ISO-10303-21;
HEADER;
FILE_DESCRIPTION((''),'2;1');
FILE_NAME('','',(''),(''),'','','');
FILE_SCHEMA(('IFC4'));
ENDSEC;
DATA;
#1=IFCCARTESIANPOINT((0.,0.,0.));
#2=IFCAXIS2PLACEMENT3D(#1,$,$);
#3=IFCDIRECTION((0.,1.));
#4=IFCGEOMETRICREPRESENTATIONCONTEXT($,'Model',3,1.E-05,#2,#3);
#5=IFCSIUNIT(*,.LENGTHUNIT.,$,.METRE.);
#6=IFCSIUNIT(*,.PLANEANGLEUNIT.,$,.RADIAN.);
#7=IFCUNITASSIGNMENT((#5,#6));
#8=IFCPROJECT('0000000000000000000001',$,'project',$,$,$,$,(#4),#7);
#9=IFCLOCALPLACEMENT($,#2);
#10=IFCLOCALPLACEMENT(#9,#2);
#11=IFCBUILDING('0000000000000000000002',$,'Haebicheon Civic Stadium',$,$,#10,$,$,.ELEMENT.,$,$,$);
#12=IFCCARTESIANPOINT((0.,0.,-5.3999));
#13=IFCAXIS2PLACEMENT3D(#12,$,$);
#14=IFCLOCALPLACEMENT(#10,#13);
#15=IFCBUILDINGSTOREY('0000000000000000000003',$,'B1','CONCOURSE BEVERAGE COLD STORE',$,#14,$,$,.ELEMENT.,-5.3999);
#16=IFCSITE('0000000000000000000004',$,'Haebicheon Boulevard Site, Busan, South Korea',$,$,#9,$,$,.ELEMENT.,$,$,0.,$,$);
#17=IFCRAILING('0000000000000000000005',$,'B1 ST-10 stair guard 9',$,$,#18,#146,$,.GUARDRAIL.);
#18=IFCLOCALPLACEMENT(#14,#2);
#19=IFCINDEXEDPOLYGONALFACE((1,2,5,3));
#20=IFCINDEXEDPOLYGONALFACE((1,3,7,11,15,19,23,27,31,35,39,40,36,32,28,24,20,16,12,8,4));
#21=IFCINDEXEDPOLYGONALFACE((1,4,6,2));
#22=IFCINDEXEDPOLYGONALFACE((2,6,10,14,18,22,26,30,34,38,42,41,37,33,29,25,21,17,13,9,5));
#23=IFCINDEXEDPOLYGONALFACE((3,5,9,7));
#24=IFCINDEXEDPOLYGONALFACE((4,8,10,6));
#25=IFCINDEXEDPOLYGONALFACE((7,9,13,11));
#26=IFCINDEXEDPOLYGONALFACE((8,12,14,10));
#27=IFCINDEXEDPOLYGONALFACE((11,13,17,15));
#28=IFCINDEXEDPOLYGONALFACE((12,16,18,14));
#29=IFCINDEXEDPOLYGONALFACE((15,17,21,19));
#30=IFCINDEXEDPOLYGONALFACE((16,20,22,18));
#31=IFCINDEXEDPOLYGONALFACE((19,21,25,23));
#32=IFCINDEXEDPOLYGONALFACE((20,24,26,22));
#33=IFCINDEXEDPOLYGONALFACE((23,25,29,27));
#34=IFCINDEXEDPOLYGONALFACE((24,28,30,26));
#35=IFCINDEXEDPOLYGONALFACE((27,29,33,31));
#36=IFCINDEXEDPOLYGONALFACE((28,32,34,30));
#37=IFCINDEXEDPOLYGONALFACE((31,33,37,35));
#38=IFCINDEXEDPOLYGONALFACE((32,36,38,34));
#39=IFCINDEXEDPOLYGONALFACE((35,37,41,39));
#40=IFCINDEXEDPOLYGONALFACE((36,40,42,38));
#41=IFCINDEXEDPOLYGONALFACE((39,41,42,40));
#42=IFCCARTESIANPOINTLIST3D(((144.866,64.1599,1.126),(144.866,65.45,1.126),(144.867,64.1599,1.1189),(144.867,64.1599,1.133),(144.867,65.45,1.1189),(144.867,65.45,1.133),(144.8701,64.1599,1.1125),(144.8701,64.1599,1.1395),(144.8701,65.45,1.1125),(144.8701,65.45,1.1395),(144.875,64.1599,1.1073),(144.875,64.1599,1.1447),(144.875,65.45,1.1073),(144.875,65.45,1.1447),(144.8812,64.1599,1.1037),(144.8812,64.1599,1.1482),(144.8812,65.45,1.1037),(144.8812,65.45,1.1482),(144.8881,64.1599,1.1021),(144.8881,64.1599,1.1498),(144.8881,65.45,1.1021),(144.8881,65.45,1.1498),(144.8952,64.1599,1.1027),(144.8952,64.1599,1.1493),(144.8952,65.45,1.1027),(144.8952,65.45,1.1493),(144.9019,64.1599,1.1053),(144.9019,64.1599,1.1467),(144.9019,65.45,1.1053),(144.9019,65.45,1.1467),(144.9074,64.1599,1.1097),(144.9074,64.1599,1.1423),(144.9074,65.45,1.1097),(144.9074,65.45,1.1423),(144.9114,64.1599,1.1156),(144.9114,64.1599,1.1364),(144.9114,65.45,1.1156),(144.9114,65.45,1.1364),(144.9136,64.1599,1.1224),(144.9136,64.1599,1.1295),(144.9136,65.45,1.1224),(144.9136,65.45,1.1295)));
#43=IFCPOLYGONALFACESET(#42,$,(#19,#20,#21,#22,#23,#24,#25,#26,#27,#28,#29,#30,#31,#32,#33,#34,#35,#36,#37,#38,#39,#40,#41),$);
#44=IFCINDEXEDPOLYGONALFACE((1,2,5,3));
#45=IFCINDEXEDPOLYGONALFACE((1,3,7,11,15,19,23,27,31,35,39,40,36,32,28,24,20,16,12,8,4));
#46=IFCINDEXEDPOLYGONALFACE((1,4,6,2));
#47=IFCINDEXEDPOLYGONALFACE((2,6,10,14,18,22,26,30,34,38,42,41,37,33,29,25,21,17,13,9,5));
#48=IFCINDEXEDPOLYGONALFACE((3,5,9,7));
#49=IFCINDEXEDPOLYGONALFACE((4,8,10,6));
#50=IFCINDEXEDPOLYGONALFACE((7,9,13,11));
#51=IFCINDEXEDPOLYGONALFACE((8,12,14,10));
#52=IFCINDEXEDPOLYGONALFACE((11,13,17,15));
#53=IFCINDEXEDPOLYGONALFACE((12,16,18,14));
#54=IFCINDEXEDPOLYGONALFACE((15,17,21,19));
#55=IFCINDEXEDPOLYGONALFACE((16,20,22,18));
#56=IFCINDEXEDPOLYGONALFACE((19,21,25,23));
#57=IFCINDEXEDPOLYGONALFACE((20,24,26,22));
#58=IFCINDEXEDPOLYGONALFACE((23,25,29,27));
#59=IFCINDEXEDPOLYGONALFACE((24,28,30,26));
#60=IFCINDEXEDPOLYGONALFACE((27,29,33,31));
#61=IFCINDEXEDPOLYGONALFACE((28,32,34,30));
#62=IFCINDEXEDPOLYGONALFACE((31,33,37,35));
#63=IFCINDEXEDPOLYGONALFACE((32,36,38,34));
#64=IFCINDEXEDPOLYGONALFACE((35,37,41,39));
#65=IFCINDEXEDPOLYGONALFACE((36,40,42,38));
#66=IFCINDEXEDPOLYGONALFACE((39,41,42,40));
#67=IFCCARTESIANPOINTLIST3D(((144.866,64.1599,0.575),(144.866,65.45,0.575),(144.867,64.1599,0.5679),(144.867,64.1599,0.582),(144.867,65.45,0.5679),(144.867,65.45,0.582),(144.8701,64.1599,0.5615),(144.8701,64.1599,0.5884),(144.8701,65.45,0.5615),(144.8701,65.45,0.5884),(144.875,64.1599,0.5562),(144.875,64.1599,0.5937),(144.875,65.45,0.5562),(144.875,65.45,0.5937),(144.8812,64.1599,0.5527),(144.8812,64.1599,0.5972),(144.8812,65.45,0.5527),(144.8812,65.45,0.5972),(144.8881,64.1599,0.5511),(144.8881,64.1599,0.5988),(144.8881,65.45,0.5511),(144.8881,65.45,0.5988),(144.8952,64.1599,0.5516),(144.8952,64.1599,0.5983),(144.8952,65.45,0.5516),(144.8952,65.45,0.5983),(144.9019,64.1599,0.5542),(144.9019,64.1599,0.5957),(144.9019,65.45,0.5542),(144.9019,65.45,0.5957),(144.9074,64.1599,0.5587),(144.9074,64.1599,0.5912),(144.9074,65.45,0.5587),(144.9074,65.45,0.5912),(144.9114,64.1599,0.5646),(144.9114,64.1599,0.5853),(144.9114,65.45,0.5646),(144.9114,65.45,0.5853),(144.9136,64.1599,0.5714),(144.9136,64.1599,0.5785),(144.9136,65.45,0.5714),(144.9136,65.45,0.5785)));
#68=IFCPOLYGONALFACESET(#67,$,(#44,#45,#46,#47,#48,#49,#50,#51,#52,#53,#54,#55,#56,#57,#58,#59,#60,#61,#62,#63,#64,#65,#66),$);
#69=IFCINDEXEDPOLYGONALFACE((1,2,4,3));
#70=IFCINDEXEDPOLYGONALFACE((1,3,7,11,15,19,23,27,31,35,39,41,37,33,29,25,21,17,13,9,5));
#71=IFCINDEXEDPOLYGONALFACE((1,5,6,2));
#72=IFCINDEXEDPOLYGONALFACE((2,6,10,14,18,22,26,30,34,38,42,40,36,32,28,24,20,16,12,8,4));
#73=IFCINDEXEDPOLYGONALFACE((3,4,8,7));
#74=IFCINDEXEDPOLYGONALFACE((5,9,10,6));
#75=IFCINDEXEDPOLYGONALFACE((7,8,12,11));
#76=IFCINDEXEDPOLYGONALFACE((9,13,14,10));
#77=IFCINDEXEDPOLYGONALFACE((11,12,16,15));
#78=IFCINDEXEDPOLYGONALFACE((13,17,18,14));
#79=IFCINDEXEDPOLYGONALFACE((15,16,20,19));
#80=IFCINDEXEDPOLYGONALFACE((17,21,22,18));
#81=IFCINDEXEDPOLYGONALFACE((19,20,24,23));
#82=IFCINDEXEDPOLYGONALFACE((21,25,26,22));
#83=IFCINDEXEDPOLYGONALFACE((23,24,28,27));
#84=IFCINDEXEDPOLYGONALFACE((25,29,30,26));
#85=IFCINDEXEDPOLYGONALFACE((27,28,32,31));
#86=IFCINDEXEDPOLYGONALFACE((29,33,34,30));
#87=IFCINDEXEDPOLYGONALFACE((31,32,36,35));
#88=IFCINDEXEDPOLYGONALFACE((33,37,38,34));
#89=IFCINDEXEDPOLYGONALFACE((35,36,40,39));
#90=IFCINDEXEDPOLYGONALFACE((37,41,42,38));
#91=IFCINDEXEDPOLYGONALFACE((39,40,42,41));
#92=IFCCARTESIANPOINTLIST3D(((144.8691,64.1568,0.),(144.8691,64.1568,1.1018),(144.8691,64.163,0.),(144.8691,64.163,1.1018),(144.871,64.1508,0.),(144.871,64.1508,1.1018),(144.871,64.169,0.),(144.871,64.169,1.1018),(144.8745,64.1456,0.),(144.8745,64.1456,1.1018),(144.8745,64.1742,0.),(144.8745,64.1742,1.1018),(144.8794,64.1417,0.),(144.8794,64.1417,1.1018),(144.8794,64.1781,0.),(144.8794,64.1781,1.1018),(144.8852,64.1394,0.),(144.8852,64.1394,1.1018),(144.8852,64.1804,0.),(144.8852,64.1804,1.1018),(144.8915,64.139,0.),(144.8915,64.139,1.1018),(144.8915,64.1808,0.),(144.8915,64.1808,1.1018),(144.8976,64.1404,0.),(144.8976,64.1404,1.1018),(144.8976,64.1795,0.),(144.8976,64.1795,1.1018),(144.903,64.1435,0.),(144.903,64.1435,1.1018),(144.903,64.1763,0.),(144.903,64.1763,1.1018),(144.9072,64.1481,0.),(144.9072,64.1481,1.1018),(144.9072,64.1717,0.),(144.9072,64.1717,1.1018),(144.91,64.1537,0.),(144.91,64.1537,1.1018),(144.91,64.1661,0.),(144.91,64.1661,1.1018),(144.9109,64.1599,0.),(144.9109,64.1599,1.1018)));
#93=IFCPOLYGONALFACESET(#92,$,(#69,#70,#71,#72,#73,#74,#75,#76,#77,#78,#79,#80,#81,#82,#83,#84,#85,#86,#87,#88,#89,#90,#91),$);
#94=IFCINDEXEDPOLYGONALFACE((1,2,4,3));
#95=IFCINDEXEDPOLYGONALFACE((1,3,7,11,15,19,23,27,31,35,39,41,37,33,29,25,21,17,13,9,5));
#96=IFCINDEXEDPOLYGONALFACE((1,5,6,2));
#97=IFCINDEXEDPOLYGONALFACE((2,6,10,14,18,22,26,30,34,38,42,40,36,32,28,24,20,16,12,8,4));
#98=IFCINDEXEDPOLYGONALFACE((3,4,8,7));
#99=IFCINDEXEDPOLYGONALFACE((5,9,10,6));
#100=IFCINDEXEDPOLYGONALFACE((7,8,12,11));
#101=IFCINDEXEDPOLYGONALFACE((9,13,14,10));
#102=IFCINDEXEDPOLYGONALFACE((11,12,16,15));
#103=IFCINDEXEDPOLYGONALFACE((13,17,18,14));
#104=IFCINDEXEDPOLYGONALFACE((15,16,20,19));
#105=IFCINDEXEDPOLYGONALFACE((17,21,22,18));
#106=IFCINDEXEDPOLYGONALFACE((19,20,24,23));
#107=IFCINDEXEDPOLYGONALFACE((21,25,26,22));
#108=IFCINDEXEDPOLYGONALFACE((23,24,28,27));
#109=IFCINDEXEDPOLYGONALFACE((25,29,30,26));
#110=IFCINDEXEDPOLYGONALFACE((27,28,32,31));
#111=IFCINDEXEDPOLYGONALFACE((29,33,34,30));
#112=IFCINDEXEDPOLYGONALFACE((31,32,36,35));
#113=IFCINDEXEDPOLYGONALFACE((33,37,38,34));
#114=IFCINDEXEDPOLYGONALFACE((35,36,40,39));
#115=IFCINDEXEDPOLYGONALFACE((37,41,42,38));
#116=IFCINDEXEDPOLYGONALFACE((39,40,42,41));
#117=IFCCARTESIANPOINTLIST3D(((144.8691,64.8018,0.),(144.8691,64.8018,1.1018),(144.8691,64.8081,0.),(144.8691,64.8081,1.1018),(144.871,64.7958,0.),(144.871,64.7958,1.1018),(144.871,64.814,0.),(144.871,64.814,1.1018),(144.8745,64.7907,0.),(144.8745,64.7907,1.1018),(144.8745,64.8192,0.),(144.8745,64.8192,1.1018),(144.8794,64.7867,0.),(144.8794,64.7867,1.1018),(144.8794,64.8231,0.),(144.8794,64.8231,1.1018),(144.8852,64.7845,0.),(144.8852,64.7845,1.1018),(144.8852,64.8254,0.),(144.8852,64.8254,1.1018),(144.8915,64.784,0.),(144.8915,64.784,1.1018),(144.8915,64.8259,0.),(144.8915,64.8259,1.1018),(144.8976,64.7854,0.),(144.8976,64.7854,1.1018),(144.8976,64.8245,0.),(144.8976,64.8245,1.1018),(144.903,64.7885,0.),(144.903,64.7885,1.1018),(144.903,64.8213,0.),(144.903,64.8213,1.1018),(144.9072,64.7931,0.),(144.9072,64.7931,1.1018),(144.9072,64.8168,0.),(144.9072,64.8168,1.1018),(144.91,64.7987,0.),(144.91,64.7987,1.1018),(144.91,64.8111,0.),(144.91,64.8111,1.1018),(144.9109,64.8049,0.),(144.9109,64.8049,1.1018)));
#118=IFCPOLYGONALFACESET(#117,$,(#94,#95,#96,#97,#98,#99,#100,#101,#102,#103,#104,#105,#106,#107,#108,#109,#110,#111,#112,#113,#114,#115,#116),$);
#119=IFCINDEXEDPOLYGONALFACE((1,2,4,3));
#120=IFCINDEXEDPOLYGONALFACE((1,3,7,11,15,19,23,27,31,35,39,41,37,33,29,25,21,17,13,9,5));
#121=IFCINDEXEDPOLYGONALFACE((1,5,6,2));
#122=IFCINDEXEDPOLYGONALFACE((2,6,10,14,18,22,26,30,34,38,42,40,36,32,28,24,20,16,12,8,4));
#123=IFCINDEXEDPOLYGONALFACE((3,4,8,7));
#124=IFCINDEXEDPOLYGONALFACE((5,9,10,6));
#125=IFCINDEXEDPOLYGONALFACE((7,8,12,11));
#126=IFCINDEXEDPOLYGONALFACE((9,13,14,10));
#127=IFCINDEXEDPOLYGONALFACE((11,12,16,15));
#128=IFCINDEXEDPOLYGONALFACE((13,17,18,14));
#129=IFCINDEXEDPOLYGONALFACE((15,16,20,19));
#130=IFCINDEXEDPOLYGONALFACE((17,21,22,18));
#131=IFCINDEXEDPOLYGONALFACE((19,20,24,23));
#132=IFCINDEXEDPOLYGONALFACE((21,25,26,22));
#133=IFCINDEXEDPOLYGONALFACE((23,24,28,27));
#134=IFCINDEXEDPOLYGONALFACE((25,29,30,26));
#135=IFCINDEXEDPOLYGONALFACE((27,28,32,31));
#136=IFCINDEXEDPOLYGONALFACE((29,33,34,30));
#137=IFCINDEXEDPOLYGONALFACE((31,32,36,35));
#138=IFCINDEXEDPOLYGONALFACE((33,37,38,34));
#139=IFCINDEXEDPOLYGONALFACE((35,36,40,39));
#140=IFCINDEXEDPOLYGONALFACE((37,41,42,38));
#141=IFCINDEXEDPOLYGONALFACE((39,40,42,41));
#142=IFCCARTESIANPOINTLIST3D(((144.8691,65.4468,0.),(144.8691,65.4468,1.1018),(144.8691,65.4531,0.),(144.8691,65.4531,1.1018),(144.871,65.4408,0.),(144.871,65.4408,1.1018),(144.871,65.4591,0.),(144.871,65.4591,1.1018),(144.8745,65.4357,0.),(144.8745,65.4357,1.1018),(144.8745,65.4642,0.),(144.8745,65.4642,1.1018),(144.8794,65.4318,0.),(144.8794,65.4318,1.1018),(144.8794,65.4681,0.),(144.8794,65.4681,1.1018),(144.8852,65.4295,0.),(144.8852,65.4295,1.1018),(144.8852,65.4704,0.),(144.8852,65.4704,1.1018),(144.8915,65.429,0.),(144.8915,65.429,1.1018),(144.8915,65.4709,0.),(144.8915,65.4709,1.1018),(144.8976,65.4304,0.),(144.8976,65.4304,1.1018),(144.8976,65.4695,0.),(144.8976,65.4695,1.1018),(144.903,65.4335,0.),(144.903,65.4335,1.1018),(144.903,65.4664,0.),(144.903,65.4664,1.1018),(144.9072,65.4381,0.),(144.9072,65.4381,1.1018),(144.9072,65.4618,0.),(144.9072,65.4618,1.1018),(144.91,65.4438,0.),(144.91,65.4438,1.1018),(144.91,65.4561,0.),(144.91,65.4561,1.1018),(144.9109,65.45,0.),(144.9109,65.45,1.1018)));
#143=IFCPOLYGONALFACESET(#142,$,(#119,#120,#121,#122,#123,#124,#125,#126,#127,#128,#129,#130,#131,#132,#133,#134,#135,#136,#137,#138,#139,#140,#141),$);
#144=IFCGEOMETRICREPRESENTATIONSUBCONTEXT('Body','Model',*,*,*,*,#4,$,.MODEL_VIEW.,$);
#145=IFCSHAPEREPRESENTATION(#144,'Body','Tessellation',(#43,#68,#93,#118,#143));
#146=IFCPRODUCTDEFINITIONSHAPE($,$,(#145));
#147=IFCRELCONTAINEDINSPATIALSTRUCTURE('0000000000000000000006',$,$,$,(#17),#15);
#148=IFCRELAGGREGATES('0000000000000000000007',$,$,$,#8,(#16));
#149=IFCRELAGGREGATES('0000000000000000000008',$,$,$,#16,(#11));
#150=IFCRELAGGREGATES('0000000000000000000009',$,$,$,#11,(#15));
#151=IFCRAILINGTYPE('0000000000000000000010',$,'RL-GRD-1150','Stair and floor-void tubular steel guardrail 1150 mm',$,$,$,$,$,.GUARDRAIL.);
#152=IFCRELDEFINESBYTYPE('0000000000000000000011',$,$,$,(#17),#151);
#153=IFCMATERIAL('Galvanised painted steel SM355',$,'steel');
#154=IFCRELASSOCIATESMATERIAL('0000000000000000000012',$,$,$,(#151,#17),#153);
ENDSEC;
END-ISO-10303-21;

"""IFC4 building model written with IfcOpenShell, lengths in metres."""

from ifc_helpers import new_model, si_unit, direction, frame, origin, origin_2d, place, context, subcontext, project, spatial, circle, extrude, material, type_object, element, save


model = new_model("IFC4")

# Units and contexts
model_context = context("Model", 3, precision=1e-05, world=origin(), true_north=direction((0.0, 1.0)))
body_context = subcontext(model_context, "Body", "Model", "MODEL_VIEW")
ifc_project = project(units=[si_unit("LENGTHUNIT", "METRE"), si_unit("PLANEANGLEUNIT", "RADIAN")], contexts=[model_context])

# Site, building, storey
site_placement = place(None, origin())
site = spatial("IfcSite", under=ifc_project, at=site_placement, Name="Haebicheon Boulevard Site, Busan, South Korea", CompositionType="ELEMENT", RefElevation=0.0)
building_placement = place(site_placement, origin())
building = spatial("IfcBuilding", under=site, at=building_placement, Name="Haebicheon Civic Stadium", CompositionType="ELEMENT")
storey_placement = place(building_placement, frame((0.0, 0.0, -5.3999)))
storey = spatial("IfcBuildingStorey", under=building, at=storey_placement, Name="B1", Description="CONCOURSE BEVERAGE COLD STORE", CompositionType="ELEMENT", Elevation=-5.3999)

# Railing
ifc_material_1 = material(Name="Galvanised painted steel SM355", Category="steel")
railing_type_1 = type_object("IfcRailingType", Name="RL-GRD-1150", Description="Stair and floor-void tubular steel guardrail 1150 mm", PredefinedType="GUARDRAIL", material=ifc_material_1)
railing_1_placement = place(storey_placement, frame((144.8899, 64.1599, 0.0)))
element("IfcRailing", 1, at=railing_1_placement, inside=storey, type_object=railing_type_1, material=ifc_material_1, Name="B1 ST-10 stair guard 9", PredefinedType="GUARDRAIL", context=body_context, shape_type="SweptSolid", body=[
    extrude(circle(Radius=0.0239, at=origin_2d()), frame((0.0, 0.0, 1.126), z_axis=(0.0, 1.0, 0.0), x_axis=(-1.0, 0.0, 0.0)), (0.0, 0.0, 1.0), 1.29),
    extrude(circle(Radius=0.0239, at=origin_2d()), frame((0.0, 0.0, 0.575), z_axis=(0.0, 1.0, 0.0), x_axis=(-1.0, 0.0, 0.0)), (0.0, 0.0, 1.0), 1.29),
    extrude(circle(Radius=0.021, at=origin_2d()), origin(), (0.0, 0.0, 1.0), 1.1018),
    extrude(circle(Radius=0.021, at=origin_2d()), frame((0.0, 0.645, 0.0)), (0.0, 0.0, 1.0), 1.1018),
    extrude(circle(Radius=0.021, at=origin_2d()), frame((0.0, 1.29, 0.0)), (0.0, 0.0, 1.0), 1.1018),
])

save(model, "model.ifc")
